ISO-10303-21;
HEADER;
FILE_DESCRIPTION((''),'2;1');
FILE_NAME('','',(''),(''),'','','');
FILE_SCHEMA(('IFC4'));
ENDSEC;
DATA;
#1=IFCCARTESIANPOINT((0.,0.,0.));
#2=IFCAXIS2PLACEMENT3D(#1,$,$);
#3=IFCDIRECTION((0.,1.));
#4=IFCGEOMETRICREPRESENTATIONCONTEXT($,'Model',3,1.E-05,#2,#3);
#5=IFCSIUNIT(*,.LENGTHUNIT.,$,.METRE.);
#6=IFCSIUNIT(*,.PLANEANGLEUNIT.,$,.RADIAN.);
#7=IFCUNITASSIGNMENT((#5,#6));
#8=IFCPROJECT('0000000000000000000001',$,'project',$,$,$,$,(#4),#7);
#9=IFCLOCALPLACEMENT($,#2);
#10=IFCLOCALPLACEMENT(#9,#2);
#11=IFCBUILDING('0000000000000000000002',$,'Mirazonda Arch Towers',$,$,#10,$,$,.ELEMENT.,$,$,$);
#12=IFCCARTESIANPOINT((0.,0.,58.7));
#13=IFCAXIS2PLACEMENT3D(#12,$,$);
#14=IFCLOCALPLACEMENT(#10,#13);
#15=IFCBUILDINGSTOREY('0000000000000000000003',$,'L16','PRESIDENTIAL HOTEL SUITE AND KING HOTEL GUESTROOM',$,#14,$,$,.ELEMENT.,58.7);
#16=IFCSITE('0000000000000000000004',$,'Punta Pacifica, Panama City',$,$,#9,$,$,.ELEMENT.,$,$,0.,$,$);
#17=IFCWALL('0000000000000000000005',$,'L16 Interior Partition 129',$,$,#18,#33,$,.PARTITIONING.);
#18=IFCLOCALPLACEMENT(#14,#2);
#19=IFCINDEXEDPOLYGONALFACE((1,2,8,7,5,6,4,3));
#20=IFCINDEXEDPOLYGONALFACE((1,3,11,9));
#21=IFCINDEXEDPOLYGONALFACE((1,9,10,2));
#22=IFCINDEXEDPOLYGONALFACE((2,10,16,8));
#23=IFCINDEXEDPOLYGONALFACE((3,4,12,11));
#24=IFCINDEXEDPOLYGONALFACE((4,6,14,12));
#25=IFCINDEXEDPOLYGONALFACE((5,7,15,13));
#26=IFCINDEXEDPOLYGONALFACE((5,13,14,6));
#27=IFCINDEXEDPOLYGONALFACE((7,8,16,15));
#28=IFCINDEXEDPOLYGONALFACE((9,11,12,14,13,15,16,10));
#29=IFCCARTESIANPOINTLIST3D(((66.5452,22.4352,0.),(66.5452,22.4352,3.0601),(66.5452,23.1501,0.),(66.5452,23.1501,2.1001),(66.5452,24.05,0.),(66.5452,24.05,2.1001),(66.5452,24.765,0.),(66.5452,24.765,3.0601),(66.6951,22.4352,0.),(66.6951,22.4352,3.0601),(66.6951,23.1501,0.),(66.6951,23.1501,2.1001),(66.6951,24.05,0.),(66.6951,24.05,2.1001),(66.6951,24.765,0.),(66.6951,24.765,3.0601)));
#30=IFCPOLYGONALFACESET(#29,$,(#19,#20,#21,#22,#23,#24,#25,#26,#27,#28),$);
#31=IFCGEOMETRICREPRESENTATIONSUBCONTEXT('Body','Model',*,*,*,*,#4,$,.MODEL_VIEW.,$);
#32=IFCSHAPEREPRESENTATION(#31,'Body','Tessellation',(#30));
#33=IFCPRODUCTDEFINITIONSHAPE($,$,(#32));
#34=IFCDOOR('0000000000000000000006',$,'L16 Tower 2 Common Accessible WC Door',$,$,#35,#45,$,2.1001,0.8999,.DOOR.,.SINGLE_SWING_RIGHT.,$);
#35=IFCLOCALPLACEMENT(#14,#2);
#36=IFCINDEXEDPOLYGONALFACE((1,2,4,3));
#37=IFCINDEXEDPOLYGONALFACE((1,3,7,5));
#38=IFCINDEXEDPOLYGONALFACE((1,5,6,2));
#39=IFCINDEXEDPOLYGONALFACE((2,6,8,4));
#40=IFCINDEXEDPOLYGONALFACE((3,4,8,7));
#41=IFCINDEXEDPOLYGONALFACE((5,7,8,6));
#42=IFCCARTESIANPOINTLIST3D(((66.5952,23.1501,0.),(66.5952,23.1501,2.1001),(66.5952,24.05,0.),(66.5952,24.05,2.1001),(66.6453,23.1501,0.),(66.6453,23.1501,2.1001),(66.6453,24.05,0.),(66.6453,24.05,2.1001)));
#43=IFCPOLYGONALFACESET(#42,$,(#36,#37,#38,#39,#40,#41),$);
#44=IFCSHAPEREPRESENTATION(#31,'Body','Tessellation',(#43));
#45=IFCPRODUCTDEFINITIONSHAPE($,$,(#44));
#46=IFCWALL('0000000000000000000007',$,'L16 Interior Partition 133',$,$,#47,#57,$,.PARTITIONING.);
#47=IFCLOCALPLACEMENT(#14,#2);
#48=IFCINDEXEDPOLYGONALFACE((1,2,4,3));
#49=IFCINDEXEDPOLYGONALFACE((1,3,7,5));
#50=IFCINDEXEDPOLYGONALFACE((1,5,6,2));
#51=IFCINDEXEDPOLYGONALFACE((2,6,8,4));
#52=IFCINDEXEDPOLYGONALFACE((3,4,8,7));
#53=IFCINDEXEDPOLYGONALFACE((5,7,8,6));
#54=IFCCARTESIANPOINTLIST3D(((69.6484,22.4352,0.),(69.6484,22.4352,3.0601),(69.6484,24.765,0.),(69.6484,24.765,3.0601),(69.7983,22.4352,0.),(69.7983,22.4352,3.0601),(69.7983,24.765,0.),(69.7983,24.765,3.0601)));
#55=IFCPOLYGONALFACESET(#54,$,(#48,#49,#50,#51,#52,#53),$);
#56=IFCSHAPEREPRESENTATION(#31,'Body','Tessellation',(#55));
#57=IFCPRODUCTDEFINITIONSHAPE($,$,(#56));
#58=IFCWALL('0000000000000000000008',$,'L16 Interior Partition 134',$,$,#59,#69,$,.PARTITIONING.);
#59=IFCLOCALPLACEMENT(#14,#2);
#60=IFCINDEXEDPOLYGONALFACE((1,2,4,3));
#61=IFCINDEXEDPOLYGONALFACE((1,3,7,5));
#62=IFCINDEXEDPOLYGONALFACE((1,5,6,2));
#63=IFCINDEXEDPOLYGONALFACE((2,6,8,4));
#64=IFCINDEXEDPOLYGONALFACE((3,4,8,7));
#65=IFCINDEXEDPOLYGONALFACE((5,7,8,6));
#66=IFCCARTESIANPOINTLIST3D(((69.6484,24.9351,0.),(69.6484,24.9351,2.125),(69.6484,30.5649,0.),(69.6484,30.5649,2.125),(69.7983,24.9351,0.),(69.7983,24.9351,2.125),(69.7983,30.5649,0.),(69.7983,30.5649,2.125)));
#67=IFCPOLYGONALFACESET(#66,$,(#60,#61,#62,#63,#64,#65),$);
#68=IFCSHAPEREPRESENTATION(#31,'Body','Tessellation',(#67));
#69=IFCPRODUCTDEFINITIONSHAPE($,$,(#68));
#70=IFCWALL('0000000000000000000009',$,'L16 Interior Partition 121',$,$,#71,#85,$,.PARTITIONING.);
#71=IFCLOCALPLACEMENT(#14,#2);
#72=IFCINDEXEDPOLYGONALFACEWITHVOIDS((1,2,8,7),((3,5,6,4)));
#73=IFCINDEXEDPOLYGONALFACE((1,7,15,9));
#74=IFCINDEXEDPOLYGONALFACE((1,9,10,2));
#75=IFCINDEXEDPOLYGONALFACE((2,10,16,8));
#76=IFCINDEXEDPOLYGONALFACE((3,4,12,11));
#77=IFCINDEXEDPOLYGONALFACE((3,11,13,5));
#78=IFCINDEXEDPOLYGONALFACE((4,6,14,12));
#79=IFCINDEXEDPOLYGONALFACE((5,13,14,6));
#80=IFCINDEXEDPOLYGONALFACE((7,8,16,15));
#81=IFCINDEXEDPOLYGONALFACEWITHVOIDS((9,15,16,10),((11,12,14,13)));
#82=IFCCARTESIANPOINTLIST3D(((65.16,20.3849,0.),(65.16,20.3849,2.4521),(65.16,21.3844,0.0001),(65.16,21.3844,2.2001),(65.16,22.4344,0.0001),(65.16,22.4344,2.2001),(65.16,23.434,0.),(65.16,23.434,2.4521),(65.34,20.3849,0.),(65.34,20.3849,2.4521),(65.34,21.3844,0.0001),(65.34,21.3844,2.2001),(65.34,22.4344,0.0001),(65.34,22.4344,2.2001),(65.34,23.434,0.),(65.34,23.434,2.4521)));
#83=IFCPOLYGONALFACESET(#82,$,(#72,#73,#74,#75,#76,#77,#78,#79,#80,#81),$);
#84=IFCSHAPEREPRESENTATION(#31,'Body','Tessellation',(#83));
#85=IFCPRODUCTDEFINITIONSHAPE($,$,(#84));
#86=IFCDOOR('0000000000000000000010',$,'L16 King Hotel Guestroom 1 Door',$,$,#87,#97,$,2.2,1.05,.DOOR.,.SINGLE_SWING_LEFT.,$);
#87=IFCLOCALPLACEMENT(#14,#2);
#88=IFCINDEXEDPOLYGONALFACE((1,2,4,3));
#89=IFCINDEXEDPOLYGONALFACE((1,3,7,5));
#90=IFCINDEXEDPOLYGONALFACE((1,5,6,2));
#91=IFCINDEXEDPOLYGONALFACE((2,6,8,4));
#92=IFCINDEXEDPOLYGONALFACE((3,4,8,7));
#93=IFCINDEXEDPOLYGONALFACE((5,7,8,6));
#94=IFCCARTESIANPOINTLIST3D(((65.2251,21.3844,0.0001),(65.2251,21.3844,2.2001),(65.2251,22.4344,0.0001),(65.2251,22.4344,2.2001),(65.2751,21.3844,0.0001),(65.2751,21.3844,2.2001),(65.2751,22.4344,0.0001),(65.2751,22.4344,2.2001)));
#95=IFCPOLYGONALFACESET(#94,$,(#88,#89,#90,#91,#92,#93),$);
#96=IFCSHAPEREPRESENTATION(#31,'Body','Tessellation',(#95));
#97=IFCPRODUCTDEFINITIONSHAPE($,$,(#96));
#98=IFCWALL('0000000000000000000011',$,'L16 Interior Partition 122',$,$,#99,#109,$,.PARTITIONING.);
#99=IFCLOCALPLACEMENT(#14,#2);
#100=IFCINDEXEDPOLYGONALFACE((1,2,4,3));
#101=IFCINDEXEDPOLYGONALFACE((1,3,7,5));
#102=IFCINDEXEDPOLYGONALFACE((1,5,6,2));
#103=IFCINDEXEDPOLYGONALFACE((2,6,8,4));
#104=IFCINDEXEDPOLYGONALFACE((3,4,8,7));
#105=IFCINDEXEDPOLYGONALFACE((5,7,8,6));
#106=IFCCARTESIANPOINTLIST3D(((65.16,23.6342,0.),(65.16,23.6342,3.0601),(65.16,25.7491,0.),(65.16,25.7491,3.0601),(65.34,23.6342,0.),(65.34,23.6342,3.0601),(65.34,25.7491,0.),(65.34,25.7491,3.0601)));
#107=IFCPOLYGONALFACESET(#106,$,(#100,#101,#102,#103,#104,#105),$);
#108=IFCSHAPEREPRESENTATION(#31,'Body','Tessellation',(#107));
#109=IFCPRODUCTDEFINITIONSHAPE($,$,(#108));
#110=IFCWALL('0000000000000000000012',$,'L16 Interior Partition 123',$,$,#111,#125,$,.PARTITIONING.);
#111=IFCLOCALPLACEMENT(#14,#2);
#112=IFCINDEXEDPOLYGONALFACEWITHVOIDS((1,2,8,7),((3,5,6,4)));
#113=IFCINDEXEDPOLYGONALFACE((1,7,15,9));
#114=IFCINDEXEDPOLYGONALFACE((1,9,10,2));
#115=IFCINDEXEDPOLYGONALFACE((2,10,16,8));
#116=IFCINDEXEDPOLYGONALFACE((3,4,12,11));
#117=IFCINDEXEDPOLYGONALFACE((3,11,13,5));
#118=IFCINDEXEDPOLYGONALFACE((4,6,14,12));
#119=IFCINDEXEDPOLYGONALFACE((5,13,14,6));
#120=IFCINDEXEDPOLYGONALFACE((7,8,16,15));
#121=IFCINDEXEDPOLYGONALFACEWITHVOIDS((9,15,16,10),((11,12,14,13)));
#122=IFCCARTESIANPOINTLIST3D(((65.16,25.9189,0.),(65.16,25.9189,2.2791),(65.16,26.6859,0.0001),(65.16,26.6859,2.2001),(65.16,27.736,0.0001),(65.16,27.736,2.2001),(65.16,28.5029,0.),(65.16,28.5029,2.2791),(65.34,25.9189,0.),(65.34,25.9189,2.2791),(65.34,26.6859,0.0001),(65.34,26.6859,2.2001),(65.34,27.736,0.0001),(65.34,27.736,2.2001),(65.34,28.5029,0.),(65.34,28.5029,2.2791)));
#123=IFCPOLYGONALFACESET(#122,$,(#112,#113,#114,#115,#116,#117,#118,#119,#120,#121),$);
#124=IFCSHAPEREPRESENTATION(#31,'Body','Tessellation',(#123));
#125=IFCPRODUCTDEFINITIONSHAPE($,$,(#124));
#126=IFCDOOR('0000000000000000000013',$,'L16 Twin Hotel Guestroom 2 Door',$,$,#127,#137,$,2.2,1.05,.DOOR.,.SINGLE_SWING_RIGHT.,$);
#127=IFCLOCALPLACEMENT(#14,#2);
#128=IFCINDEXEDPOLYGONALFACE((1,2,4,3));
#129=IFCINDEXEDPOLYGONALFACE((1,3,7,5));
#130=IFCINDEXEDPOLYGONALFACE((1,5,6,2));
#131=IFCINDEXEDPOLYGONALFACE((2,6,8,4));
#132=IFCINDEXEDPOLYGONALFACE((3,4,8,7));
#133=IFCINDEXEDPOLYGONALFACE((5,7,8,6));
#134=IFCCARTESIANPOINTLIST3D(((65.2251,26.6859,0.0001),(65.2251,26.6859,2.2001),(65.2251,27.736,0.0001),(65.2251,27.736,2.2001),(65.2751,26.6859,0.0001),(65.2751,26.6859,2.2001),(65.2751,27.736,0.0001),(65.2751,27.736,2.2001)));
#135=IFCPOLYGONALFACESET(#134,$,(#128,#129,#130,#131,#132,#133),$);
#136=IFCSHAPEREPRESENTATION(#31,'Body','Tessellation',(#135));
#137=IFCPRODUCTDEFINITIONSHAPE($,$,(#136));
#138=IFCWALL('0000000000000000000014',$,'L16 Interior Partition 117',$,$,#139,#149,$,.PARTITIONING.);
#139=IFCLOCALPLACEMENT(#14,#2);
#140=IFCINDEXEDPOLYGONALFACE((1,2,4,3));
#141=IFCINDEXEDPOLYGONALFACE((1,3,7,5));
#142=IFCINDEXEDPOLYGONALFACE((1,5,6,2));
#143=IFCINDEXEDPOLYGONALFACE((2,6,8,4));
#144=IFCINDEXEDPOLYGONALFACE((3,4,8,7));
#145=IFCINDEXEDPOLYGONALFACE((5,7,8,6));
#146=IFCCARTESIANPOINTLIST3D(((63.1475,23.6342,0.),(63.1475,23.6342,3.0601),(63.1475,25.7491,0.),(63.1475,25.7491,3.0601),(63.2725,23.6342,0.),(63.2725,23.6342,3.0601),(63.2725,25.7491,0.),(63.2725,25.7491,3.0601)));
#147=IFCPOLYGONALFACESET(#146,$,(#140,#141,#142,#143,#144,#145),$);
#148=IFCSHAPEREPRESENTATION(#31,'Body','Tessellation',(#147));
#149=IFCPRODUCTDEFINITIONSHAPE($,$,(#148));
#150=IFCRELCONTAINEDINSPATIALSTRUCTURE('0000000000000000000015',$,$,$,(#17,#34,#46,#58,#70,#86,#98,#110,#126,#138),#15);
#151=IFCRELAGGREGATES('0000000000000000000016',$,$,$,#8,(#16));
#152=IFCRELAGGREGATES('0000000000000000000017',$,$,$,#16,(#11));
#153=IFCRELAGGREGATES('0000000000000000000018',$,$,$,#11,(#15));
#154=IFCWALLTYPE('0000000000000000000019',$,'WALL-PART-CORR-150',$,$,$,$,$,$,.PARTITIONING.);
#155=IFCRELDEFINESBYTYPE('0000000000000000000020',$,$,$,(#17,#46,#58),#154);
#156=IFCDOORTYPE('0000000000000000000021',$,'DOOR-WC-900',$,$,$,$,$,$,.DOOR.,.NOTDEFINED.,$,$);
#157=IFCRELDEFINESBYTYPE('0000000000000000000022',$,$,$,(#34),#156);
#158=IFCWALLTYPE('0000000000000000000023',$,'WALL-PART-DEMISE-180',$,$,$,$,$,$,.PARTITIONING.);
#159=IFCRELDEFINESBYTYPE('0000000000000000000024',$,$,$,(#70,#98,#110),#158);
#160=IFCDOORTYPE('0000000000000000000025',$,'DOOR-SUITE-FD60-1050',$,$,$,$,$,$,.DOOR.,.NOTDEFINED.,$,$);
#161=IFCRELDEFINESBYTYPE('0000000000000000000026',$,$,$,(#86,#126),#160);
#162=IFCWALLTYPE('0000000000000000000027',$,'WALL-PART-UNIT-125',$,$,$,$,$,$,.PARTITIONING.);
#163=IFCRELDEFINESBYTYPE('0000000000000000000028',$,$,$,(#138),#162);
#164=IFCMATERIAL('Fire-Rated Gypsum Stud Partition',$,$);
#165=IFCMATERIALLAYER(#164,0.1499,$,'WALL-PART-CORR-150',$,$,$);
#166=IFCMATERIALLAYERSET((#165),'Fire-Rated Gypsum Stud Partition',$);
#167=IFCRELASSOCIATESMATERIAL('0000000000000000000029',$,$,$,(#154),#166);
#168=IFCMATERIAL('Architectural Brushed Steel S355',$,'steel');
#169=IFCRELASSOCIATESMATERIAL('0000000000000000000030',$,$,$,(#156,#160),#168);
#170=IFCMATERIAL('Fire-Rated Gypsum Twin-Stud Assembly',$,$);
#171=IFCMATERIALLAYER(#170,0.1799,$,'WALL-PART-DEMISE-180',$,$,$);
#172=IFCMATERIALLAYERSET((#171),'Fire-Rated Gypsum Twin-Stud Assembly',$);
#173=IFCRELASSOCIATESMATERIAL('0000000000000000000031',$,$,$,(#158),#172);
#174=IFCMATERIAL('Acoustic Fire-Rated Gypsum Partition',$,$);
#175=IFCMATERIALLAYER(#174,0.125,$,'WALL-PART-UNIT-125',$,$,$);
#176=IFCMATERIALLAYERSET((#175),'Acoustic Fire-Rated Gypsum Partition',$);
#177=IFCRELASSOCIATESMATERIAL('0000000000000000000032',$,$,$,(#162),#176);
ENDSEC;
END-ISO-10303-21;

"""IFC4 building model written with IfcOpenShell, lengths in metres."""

from ifc_helpers import new_model, si_unit, direction, frame, frame_2d, origin, place, context, subcontext, project, spatial, rectangle, extrude, material, layer, layer_set, type_object, element, fill, save


model = new_model("IFC4")

# Units and contexts
model_context = context("Model", 3, precision=1e-05, world=origin(), true_north=direction((0.0, 1.0)))
body_context = subcontext(model_context, "Body", "Model", "MODEL_VIEW")
ifc_project = project(units=[si_unit("LENGTHUNIT", "METRE"), si_unit("PLANEANGLEUNIT", "RADIAN")], contexts=[model_context])

# Site, building, storey
site_placement = place(None, origin())
site = spatial("IfcSite", under=ifc_project, at=site_placement, Name="Punta Pacifica, Panama City", CompositionType="ELEMENT", RefElevation=0.0)
building_placement = place(site_placement, origin())
building = spatial("IfcBuilding", under=site, at=building_placement, Name="Mirazonda Arch Towers", CompositionType="ELEMENT")
storey_placement = place(building_placement, frame((0.0, 0.0, 58.7)))
storey = spatial("IfcBuildingStorey", under=building, at=storey_placement, Name="L16", Description="PRESIDENTIAL HOTEL SUITE AND KING HOTEL GUESTROOM", CompositionType="ELEMENT", Elevation=58.7)

# Shared definitions
ifc_material_1 = material(Name="Architectural Brushed Steel S355", Category="steel")

# Shared definitions
ifc_material_2 = material(Name="Fire-Rated Gypsum Stud Partition")
ifc_layer_1 = layer(ifc_material_2, 0.1499, Name="WALL-PART-CORR-150")
ifc_layer_set_1 = layer_set([ifc_layer_1], Name="Fire-Rated Gypsum Stud Partition")
wall_type_1 = type_object("IfcWallType", Name="WALL-PART-CORR-150", PredefinedType="PARTITIONING", material=ifc_layer_set_1)

# Wall, opening, door
wall_1_placement = place(storey_placement, frame((66.6201, 22.4351, 0.0), z_axis=(0.0, 0.0, 1.0), x_axis=(0.0, 1.0, 0.0)))
wall_1 = element("IfcWall", 1, at=wall_1_placement, inside=storey, type_object=wall_type_1, Name="L16 Interior Partition 129", PredefinedType="PARTITIONING", context=body_context, shape_type="SweptSolid", body=[
    extrude(rectangle(XDim=2.3298, YDim=0.1499, at=frame_2d((1.165, 0.0))), origin(), (0.0, 0.0, 1.0), 3.0601),
])
opening_1_placement = place(wall_1_placement, frame((0.7151, 0.0, 0.0)))
opening_1 = element("IfcOpeningElement", 2, at=opening_1_placement, cuts=wall_1, PredefinedType="OPENING", context=body_context, shape_type="SweptSolid", body=[
    extrude(rectangle(XDim=0.8999, YDim=2.1001, at=frame_2d((0.45, 1.05))), frame((0.0, 0.085, 0.0), z_axis=(0.0, -1.0, 0.0), x_axis=(1.0, 0.0, 0.0)), (0.0, 0.0, 1.0), 0.1699),
])
door_type_1 = type_object("IfcDoorType", Name="DOOR-WC-900", OperationType="NOTDEFINED", PredefinedType="DOOR", material=ifc_material_1)
door_1_placement = place(opening_1_placement, origin())
door_1 = element("IfcDoor", 3, at=door_1_placement, inside=storey, type_object=door_type_1, Name="L16 Tower 2 Common Accessible WC Door", OperationType="SINGLE_SWING_RIGHT", OverallHeight=2.1001, OverallWidth=0.8999, PredefinedType="DOOR", context=body_context, shape_type="SweptSolid", body=[
    extrude(rectangle(XDim=0.8999, YDim=2.1001, at=frame_2d((0.45, 1.05))), frame((0.0, 0.0249, 0.0), z_axis=(0.0, -1.0, 0.0), x_axis=(1.0, 0.0, 0.0)), (0.0, 0.0, 1.0), 0.05),
])
fill(opening_1, door_1)

# Walls
wall_2_placement = place(storey_placement, frame((69.7234, 22.4351, 0.0), z_axis=(0.0, 0.0, 1.0), x_axis=(0.0, 1.0, 0.0)))
element("IfcWall", 4, at=wall_2_placement, inside=storey, type_object=wall_type_1, Name="L16 Interior Partition 133", PredefinedType="PARTITIONING", context=body_context, shape_type="SweptSolid", body=[
    extrude(rectangle(XDim=2.3298, YDim=0.1499, at=frame_2d((1.165, 0.0))), origin(), (0.0, 0.0, 1.0), 3.0601),
])
wall_3_placement = place(storey_placement, frame((69.7234, 24.9351, 0.0), z_axis=(0.0, 0.0, 1.0), x_axis=(0.0, 1.0, 0.0)))
element("IfcWall", 5, at=wall_3_placement, inside=storey, type_object=wall_type_1, Name="L16 Interior Partition 134", PredefinedType="PARTITIONING", context=body_context, shape_type="SweptSolid", body=[
    extrude(rectangle(XDim=5.6299, YDim=0.1499, at=frame_2d((2.8149, 0.0))), origin(), (0.0, 0.0, 1.0), 2.125),
])

# Wall, opening, door
ifc_material_3 = material(Name="Fire-Rated Gypsum Twin-Stud Assembly")
ifc_layer_2 = layer(ifc_material_3, 0.1799, Name="WALL-PART-DEMISE-180")
ifc_layer_set_2 = layer_set([ifc_layer_2], Name="Fire-Rated Gypsum Twin-Stud Assembly")
wall_type_2 = type_object("IfcWallType", Name="WALL-PART-DEMISE-180", PredefinedType="PARTITIONING", material=ifc_layer_set_2)
wall_4_placement = place(storey_placement, frame((65.25, 20.385, 0.0), z_axis=(0.0, 0.0, 1.0), x_axis=(0.0, 1.0, 0.0)))
wall_4 = element("IfcWall", 6, at=wall_4_placement, inside=storey, type_object=wall_type_2, Name="L16 Interior Partition 121", PredefinedType="PARTITIONING", context=body_context, shape_type="SweptSolid", body=[
    extrude(rectangle(XDim=3.0491, YDim=0.1799, at=frame_2d((1.5244, 0.0))), origin(), (0.0, 0.0, 1.0), 2.4521),
])
opening_2_placement = place(wall_4_placement, frame((0.9995, 0.0, 0.0)))
opening_2 = element("IfcOpeningElement", 7, at=opening_2_placement, cuts=wall_4, PredefinedType="OPENING", context=body_context, shape_type="SweptSolid", body=[
    extrude(rectangle(XDim=1.05, YDim=2.2, at=frame_2d((0.5249, 1.1001))), frame((0.0, 0.0999, 0.0), z_axis=(0.0, -1.0, 0.0), x_axis=(1.0, 0.0, 0.0)), (0.0, 0.0, 1.0), 0.2),
])
door_type_2 = type_object("IfcDoorType", Name="DOOR-SUITE-FD60-1050", OperationType="NOTDEFINED", PredefinedType="DOOR", material=ifc_material_1)
door_2_placement = place(opening_2_placement, origin())
door_2 = element("IfcDoor", 8, at=door_2_placement, inside=storey, type_object=door_type_2, Name="L16 King Hotel Guestroom 1 Door", OperationType="SINGLE_SWING_LEFT", OverallHeight=2.2, OverallWidth=1.05, PredefinedType="DOOR", context=body_context, shape_type="SweptSolid", body=[
    extrude(rectangle(XDim=1.05, YDim=2.2, at=frame_2d((0.5249, 1.1001))), frame((0.0, 0.0249, 0.0), z_axis=(0.0, -1.0, 0.0), x_axis=(1.0, 0.0, 0.0)), (0.0, 0.0, 1.0), 0.05),
])
fill(opening_2, door_2)

# Wall
wall_5_placement = place(storey_placement, frame((65.25, 23.634, 0.0), z_axis=(0.0, 0.0, 1.0), x_axis=(0.0, 1.0, 0.0)))
element("IfcWall", 9, at=wall_5_placement, inside=storey, type_object=wall_type_2, Name="L16 Interior Partition 122", PredefinedType="PARTITIONING", context=body_context, shape_type="SweptSolid", body=[
    extrude(rectangle(XDim=2.115, YDim=0.1799, at=frame_2d((1.0576, 0.0))), origin(), (0.0, 0.0, 1.0), 3.0601),
])

# Wall, opening, door
wall_6_placement = place(storey_placement, frame((65.25, 25.9189, 0.0), z_axis=(0.0, 0.0, 1.0), x_axis=(0.0, 1.0, 0.0)))
wall_6 = element("IfcWall", 10, at=wall_6_placement, inside=storey, type_object=wall_type_2, Name="L16 Interior Partition 123", PredefinedType="PARTITIONING", context=body_context, shape_type="SweptSolid", body=[
    extrude(rectangle(XDim=2.584, YDim=0.1799, at=frame_2d((1.292, 0.0))), origin(), (0.0, 0.0, 1.0), 2.2791),
])
opening_3_placement = place(wall_6_placement, frame((0.7671, 0.0, 0.0)))
opening_3 = element("IfcOpeningElement", 11, at=opening_3_placement, cuts=wall_6, PredefinedType="OPENING", context=body_context, shape_type="SweptSolid", body=[
    extrude(rectangle(XDim=1.05, YDim=2.2, at=frame_2d((0.5249, 1.1001))), frame((0.0, 0.0999, 0.0), z_axis=(0.0, -1.0, 0.0), x_axis=(1.0, 0.0, 0.0)), (0.0, 0.0, 1.0), 0.2),
])
door_3_placement = place(opening_3_placement, origin())
door_3 = element("IfcDoor", 12, at=door_3_placement, inside=storey, type_object=door_type_2, Name="L16 Twin Hotel Guestroom 2 Door", OperationType="SINGLE_SWING_RIGHT", OverallHeight=2.2, OverallWidth=1.05, PredefinedType="DOOR", context=body_context, shape_type="SweptSolid", body=[
    extrude(rectangle(XDim=1.05, YDim=2.2, at=frame_2d((0.5249, 1.1001))), frame((0.0, 0.0249, 0.0), z_axis=(0.0, -1.0, 0.0), x_axis=(1.0, 0.0, 0.0)), (0.0, 0.0, 1.0), 0.05),
])
fill(opening_3, door_3)

# Wall
ifc_material_4 = material(Name="Acoustic Fire-Rated Gypsum Partition")
ifc_layer_3 = layer(ifc_material_4, 0.125, Name="WALL-PART-UNIT-125")
ifc_layer_set_3 = layer_set([ifc_layer_3], Name="Acoustic Fire-Rated Gypsum Partition")
wall_type_3 = type_object("IfcWallType", Name="WALL-PART-UNIT-125", PredefinedType="PARTITIONING", material=ifc_layer_set_3)
wall_7_placement = place(storey_placement, frame((63.21, 23.634, 0.0), z_axis=(0.0, 0.0, 1.0), x_axis=(0.0, 1.0, 0.0)))
element("IfcWall", 13, at=wall_7_placement, inside=storey, type_object=wall_type_3, Name="L16 Interior Partition 117", PredefinedType="PARTITIONING", context=body_context, shape_type="SweptSolid", body=[
    extrude(rectangle(XDim=2.115, YDim=0.125, at=frame_2d((1.0576, 0.0))), origin(), (0.0, 0.0, 1.0), 3.0601),
])

save(model, "model.ifc")
